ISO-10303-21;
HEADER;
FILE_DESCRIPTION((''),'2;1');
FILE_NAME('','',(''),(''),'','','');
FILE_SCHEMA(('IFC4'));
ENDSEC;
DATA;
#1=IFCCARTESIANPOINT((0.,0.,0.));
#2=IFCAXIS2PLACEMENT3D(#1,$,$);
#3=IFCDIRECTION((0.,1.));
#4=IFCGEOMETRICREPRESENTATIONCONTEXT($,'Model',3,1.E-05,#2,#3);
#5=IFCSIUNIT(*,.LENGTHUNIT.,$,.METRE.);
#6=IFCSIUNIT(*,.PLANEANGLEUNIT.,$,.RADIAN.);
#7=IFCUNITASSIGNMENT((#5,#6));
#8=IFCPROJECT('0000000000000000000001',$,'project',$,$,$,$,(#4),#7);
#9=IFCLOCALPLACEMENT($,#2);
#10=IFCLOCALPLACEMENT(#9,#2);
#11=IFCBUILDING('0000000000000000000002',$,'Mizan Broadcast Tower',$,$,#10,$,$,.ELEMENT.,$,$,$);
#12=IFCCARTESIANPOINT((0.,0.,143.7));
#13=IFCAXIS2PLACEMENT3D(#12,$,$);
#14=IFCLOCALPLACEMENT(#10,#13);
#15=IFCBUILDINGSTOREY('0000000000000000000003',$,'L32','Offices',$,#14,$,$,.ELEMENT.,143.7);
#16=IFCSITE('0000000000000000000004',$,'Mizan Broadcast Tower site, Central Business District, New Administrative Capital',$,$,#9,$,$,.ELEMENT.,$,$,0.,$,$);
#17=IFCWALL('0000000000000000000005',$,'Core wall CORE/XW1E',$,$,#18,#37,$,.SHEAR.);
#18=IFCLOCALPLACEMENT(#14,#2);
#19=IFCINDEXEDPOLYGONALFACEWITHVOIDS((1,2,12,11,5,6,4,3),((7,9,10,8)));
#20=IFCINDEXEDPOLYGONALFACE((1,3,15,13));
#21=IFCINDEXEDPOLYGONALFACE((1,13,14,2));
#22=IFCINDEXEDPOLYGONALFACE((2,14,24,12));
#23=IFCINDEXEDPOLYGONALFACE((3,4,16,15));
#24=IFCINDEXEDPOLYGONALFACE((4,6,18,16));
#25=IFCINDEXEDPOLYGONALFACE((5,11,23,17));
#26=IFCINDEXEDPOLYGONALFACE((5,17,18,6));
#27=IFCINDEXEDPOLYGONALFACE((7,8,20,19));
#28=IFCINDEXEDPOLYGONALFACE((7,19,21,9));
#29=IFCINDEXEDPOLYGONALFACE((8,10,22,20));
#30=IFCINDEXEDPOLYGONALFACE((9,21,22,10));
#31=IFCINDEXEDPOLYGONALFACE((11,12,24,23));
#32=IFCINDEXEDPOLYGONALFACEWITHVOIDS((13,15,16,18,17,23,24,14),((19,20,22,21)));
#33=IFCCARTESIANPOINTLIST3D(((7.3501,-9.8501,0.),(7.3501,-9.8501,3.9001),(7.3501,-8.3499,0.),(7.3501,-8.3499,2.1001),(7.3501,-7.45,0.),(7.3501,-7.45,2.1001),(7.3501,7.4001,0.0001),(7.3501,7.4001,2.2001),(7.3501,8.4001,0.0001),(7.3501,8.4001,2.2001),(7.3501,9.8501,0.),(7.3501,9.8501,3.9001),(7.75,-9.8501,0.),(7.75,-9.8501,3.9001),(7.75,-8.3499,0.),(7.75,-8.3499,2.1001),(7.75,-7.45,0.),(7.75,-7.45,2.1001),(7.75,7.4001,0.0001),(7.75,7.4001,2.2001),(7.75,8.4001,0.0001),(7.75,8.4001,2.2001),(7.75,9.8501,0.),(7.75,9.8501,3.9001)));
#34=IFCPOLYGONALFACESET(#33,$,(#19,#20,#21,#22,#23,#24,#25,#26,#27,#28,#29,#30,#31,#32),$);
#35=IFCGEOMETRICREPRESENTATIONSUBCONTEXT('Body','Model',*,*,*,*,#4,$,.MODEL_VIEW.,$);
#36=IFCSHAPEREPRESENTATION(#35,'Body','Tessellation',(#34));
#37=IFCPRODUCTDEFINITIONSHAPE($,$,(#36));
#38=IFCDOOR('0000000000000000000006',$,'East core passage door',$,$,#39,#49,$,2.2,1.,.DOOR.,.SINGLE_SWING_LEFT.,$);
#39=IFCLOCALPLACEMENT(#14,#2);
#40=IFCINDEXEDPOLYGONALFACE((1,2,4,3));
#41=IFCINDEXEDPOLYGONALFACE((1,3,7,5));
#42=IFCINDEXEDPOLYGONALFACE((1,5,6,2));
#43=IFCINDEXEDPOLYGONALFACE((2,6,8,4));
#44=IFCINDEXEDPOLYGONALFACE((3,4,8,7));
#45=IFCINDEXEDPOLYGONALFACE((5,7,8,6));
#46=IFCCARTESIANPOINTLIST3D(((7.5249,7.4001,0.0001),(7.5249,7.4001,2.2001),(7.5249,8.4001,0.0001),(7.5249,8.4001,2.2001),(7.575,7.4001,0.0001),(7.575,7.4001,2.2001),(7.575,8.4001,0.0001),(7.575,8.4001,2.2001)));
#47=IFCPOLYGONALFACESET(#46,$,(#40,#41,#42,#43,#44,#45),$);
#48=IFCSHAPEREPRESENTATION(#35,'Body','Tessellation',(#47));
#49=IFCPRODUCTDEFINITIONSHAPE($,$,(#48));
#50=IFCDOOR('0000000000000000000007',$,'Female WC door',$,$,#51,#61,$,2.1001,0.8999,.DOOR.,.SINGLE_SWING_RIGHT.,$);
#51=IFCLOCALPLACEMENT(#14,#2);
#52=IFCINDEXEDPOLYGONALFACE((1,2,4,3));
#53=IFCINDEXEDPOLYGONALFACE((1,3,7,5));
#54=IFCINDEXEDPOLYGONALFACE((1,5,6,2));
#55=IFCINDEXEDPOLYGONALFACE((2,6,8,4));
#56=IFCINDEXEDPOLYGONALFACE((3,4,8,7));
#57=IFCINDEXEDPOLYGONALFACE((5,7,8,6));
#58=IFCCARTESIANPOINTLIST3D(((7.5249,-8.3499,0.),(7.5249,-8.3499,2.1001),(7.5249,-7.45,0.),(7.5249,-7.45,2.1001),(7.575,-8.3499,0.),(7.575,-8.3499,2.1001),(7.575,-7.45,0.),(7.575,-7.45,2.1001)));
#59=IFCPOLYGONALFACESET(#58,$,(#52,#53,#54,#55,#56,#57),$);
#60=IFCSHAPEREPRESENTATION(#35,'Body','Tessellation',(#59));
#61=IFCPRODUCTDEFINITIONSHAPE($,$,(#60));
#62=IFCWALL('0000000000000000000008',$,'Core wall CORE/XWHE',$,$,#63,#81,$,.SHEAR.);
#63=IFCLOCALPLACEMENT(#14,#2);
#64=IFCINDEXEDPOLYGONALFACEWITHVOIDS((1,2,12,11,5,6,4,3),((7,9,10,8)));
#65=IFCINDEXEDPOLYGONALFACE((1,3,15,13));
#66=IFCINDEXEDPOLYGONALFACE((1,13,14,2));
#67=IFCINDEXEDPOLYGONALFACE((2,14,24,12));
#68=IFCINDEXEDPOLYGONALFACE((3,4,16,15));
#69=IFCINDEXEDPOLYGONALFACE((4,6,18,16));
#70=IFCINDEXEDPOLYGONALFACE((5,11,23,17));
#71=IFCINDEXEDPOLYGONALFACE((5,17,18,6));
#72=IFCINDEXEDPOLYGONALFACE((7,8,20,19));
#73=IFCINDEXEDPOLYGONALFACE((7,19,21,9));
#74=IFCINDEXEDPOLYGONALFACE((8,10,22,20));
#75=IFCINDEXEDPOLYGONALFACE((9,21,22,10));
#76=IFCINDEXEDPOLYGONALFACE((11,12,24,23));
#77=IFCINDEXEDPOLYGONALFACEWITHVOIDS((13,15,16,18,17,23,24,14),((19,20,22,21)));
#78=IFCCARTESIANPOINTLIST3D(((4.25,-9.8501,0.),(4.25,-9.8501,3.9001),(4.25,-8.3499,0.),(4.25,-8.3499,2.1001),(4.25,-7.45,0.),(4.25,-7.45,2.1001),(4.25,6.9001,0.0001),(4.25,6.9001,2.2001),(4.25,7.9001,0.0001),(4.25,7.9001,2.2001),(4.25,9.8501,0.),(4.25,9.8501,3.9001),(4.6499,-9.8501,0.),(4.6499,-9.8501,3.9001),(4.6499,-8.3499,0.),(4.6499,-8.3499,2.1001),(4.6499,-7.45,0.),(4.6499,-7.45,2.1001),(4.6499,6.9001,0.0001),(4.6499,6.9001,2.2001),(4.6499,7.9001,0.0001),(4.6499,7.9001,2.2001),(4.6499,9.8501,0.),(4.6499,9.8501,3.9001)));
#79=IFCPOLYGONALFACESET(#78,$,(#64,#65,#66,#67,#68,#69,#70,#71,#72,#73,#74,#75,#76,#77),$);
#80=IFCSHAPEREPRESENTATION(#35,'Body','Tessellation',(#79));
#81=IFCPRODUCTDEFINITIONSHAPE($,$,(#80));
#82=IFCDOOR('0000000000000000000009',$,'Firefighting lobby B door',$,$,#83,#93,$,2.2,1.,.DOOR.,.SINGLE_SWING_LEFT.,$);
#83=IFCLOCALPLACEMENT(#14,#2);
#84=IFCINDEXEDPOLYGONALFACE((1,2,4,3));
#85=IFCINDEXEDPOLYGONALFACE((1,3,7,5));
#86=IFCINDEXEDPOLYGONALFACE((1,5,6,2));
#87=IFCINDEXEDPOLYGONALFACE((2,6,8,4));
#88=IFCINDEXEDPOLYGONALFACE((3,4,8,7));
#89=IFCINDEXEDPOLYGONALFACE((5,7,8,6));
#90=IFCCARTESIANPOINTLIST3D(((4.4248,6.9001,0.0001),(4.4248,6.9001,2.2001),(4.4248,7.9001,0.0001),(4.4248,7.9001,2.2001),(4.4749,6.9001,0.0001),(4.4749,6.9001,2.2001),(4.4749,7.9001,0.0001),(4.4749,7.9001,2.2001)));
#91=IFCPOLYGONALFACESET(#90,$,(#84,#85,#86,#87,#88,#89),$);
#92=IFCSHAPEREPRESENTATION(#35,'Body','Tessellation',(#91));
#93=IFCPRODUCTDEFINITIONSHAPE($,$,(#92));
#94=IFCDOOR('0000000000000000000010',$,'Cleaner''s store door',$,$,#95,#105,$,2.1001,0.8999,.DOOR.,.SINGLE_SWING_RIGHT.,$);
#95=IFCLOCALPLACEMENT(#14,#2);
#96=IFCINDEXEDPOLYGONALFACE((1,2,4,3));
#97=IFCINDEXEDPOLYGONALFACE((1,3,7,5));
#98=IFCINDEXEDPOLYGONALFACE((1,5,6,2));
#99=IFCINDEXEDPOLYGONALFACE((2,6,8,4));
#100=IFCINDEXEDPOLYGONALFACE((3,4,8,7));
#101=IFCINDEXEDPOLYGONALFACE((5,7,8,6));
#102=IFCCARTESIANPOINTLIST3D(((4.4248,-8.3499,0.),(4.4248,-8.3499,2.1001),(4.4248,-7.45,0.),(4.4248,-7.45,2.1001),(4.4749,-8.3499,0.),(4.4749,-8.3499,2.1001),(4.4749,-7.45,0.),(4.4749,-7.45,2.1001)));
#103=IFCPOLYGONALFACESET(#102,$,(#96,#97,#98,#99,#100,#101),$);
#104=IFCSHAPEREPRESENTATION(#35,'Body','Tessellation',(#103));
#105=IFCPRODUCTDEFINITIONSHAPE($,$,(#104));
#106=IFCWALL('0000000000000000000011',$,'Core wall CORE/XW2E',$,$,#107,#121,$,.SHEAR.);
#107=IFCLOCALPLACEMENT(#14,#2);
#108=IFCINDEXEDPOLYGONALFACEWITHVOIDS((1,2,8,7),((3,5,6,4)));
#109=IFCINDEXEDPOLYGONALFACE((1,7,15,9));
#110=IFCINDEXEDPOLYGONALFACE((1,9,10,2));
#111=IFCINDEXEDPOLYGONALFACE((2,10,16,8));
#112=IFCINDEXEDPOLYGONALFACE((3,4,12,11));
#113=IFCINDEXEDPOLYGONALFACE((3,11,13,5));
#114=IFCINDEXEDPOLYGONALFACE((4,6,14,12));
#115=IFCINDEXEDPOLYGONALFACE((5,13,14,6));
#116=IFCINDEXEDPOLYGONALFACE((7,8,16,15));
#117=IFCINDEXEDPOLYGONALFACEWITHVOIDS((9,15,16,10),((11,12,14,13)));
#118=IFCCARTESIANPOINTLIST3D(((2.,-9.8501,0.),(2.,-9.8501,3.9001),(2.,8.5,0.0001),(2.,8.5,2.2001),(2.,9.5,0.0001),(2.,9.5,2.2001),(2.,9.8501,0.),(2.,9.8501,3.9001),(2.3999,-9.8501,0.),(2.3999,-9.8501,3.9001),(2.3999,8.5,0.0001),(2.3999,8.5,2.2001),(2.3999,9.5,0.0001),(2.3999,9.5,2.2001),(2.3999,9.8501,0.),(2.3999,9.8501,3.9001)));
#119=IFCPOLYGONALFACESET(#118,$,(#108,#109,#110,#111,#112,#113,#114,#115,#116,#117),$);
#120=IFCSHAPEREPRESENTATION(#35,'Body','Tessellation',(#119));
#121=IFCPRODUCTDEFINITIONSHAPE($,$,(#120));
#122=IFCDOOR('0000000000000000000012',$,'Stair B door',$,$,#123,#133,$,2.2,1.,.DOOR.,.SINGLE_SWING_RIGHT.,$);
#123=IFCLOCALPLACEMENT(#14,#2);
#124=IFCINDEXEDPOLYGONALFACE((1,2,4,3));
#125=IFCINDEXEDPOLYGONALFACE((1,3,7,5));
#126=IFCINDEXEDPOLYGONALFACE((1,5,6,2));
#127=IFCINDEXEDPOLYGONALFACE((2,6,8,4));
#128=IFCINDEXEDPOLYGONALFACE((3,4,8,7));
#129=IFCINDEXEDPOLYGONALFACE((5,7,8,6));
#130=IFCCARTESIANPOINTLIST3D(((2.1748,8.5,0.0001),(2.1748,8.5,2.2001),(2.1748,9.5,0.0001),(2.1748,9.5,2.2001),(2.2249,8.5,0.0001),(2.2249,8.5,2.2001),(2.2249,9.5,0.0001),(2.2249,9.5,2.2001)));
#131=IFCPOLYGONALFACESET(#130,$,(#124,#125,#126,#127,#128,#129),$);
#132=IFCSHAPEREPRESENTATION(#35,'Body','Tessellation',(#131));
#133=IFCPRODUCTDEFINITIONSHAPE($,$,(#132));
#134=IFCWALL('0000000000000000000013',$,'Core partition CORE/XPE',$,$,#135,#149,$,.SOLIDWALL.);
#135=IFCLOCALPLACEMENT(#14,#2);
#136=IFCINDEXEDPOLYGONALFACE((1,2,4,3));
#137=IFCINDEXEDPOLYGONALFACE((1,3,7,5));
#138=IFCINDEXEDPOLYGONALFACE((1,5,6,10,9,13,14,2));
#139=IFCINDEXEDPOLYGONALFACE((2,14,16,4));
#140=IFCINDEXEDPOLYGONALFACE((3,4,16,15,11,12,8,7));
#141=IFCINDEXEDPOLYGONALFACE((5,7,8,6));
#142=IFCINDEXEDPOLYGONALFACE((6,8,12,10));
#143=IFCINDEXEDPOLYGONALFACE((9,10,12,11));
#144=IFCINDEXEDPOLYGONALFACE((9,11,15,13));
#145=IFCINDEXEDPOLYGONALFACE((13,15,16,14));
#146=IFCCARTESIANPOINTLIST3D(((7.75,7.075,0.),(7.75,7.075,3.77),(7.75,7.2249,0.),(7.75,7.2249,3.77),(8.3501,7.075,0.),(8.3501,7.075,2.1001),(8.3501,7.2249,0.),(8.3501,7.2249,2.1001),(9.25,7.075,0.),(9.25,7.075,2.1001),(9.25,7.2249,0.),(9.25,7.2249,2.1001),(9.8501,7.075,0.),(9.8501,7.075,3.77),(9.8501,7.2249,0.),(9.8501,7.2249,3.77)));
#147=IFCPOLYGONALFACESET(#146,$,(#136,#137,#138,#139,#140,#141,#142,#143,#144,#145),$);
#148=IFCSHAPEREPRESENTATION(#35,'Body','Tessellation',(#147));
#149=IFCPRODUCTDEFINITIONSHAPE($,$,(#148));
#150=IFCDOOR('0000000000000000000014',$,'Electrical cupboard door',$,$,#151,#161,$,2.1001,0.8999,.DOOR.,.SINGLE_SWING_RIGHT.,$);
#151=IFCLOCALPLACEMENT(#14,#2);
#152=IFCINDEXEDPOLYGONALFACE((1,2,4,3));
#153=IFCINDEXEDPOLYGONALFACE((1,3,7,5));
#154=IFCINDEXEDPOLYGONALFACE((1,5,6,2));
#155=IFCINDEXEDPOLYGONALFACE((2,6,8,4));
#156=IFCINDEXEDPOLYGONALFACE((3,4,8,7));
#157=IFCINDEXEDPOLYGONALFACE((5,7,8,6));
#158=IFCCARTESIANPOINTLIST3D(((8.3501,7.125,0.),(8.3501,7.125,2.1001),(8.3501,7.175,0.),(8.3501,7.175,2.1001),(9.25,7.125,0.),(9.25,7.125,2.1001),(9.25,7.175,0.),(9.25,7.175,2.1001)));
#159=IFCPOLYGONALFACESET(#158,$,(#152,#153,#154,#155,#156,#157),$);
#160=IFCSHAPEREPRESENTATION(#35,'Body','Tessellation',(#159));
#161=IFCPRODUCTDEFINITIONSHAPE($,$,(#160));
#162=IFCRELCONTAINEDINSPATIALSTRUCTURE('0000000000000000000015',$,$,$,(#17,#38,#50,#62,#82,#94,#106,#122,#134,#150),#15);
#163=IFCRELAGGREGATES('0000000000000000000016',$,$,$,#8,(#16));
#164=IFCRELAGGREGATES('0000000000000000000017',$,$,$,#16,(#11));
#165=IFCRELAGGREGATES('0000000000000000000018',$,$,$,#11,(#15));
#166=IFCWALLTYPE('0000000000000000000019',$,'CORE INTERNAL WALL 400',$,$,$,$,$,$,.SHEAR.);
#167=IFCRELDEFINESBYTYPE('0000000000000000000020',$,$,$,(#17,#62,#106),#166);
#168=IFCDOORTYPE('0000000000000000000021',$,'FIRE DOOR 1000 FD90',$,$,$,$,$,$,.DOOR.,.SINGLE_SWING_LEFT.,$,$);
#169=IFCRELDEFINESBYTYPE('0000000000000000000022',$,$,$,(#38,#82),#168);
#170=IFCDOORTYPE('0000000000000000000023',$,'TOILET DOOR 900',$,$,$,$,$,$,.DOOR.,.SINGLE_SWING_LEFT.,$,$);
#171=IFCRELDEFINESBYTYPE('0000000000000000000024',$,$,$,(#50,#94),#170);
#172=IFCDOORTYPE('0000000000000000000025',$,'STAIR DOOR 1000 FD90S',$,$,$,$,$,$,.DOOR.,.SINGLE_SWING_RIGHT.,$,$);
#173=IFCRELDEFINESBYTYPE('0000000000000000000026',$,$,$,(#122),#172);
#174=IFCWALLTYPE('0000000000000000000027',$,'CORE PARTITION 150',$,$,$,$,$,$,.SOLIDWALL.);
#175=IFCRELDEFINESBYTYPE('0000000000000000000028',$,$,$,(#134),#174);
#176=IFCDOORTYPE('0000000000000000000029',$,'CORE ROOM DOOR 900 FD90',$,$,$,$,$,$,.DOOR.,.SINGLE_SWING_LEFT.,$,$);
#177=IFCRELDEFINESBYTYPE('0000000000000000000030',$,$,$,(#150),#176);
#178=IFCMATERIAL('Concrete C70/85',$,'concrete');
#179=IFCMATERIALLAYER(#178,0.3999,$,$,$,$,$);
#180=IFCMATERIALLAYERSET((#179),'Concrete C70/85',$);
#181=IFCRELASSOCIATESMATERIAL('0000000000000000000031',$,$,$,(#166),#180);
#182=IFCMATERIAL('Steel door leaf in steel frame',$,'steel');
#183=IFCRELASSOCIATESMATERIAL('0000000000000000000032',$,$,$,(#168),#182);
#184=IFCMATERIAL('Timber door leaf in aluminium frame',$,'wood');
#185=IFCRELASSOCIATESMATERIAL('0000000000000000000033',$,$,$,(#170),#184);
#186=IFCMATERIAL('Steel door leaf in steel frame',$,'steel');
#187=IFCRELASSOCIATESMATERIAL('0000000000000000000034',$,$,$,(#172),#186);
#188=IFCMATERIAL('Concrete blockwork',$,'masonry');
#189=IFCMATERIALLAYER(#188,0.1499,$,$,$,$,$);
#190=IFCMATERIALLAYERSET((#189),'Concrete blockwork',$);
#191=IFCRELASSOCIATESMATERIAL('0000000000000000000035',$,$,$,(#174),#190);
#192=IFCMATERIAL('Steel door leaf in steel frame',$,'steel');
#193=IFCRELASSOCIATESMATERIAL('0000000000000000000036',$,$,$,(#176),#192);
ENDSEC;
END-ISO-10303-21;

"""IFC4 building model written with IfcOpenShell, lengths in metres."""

from ifc_helpers import new_model, si_unit, direction, frame, frame_2d, origin, place, context, subcontext, project, spatial, rectangle, extrude, material, layer, layer_set, type_object, element, fill, save


model = new_model("IFC4")

# Units and contexts
model_context = context("Model", 3, precision=1e-05, world=origin(), true_north=direction((0.0, 1.0)))
body_context = subcontext(model_context, "Body", "Model", "MODEL_VIEW")
ifc_project = project(units=[si_unit("LENGTHUNIT", "METRE"), si_unit("PLANEANGLEUNIT", "RADIAN")], contexts=[model_context])

# Site, building, storey
site_placement = place(None, origin())
site = spatial("IfcSite", under=ifc_project, at=site_placement, Name="Mizan Broadcast Tower site, Central Business District, New Administrative Capital", CompositionType="ELEMENT", RefElevation=0.0)
building_placement = place(site_placement, origin())
building = spatial("IfcBuilding", under=site, at=building_placement, Name="Mizan Broadcast Tower", CompositionType="ELEMENT")
storey_placement = place(building_placement, frame((0.0, 0.0, 143.7)))
storey = spatial("IfcBuildingStorey", under=building, at=storey_placement, Name="L32", Description="Offices", CompositionType="ELEMENT", Elevation=143.7)

# Walls, openings, doors
ifc_material_1 = material(Name="Concrete C70/85", Category="concrete")
ifc_layer_1 = layer(ifc_material_1, 0.3999)
ifc_layer_set_1 = layer_set([ifc_layer_1], Name="Concrete C70/85")
wall_type_1 = type_object("IfcWallType", Name="CORE INTERNAL WALL 400", PredefinedType="SHEAR", material=ifc_layer_set_1)
wall_1_placement = place(storey_placement, frame((7.55, 9.8501, 0.0), z_axis=(0.0, 0.0, 1.0), x_axis=(0.0, -1.0, 0.0)))
wall_1 = element("IfcWall", 1, at=wall_1_placement, inside=storey, type_object=wall_type_1, Name="Core wall CORE/XW1E", PredefinedType="SHEAR", context=body_context, shape_type="SweptSolid", body=[
    extrude(rectangle(XDim=19.7002, YDim=0.3999, at=frame_2d((9.8501, 0.0))), origin(), (0.0, 0.0, 1.0), 3.9001),
])
opening_1_placement = place(wall_1_placement, frame((1.45, 0.0, 0.0)))
opening_1 = element("IfcOpeningElement", 2, at=opening_1_placement, cuts=wall_1, PredefinedType="OPENING", context=body_context, shape_type="SweptSolid", body=[
    extrude(rectangle(XDim=1.0, YDim=2.2, at=frame_2d((0.5, 1.1001))), frame((0.0, 0.21, 0.0), z_axis=(0.0, -1.0, 0.0), x_axis=(1.0, 0.0, 0.0)), (0.0, 0.0, 1.0), 0.4199),
])
opening_2_placement = place(wall_1_placement, frame((17.3, 0.0, 0.0)))
opening_2 = element("IfcOpeningElement", 3, at=opening_2_placement, cuts=wall_1, PredefinedType="OPENING", context=body_context, shape_type="SweptSolid", body=[
    extrude(rectangle(XDim=0.8999, YDim=2.1001, at=frame_2d((0.45, 1.05))), frame((0.0, 0.21, 0.0), z_axis=(0.0, -1.0, 0.0), x_axis=(1.0, 0.0, 0.0)), (0.0, 0.0, 1.0), 0.4199),
])
ifc_material_2 = material(Name="Steel door leaf in steel frame", Category="steel")
door_type_1 = type_object("IfcDoorType", Name="FIRE DOOR 1000 FD90", OperationType="SINGLE_SWING_LEFT", PredefinedType="DOOR", material=ifc_material_2)
door_1_placement = place(opening_1_placement, origin())
door_1 = element("IfcDoor", 4, at=door_1_placement, inside=storey, type_object=door_type_1, Name="East core passage door", OperationType="SINGLE_SWING_LEFT", OverallHeight=2.2, OverallWidth=1.0, PredefinedType="DOOR", context=body_context, shape_type="SweptSolid", body=[
    extrude(rectangle(XDim=1.0, YDim=2.2, at=frame_2d((0.5, 1.1001))), frame((0.0, 0.0249, 0.0), z_axis=(0.0, -1.0, 0.0), x_axis=(1.0, 0.0, 0.0)), (0.0, 0.0, 1.0), 0.05),
])
fill(opening_1, door_1)
ifc_material_3 = material(Name="Timber door leaf in aluminium frame", Category="wood")
door_type_2 = type_object("IfcDoorType", Name="TOILET DOOR 900", OperationType="SINGLE_SWING_LEFT", PredefinedType="DOOR", material=ifc_material_3)
door_2_placement = place(opening_2_placement, origin())
door_2 = element("IfcDoor", 5, at=door_2_placement, inside=storey, type_object=door_type_2, Name="Female WC door", OperationType="SINGLE_SWING_RIGHT", OverallHeight=2.1001, OverallWidth=0.8999, PredefinedType="DOOR", context=body_context, shape_type="SweptSolid", body=[
    extrude(rectangle(XDim=0.8999, YDim=2.1001, at=frame_2d((0.45, 1.05))), frame((0.0, 0.0249, 0.0), z_axis=(0.0, -1.0, 0.0), x_axis=(1.0, 0.0, 0.0)), (0.0, 0.0, 1.0), 0.05),
])
fill(opening_2, door_2)
wall_2_placement = place(storey_placement, frame((4.45, 9.8501, 0.0), z_axis=(0.0, 0.0, 1.0), x_axis=(0.0, -1.0, 0.0)))
wall_2 = element("IfcWall", 6, at=wall_2_placement, inside=storey, type_object=wall_type_1, Name="Core wall CORE/XWHE", PredefinedType="SHEAR", context=body_context, shape_type="SweptSolid", body=[
    extrude(rectangle(XDim=19.7002, YDim=0.3999, at=frame_2d((9.8501, 0.0))), origin(), (0.0, 0.0, 1.0), 3.9001),
])
opening_3_placement = place(wall_2_placement, frame((1.95, 0.0, 0.0)))
opening_3 = element("IfcOpeningElement", 7, at=opening_3_placement, cuts=wall_2, PredefinedType="OPENING", context=body_context, shape_type="SweptSolid", body=[
    extrude(rectangle(XDim=1.0, YDim=2.2, at=frame_2d((0.5, 1.1001))), frame((0.0, 0.21, 0.0), z_axis=(0.0, -1.0, 0.0), x_axis=(1.0, 0.0, 0.0)), (0.0, 0.0, 1.0), 0.4199),
])
opening_4_placement = place(wall_2_placement, frame((17.3, 0.0, 0.0)))
opening_4 = element("IfcOpeningElement", 8, at=opening_4_placement, cuts=wall_2, PredefinedType="OPENING", context=body_context, shape_type="SweptSolid", body=[
    extrude(rectangle(XDim=0.8999, YDim=2.1001, at=frame_2d((0.45, 1.05))), frame((0.0, 0.21, 0.0), z_axis=(0.0, -1.0, 0.0), x_axis=(1.0, 0.0, 0.0)), (0.0, 0.0, 1.0), 0.4199),
])
door_3_placement = place(opening_3_placement, origin())
door_3 = element("IfcDoor", 9, at=door_3_placement, inside=storey, type_object=door_type_1, Name="Firefighting lobby B door", OperationType="SINGLE_SWING_LEFT", OverallHeight=2.2, OverallWidth=1.0, PredefinedType="DOOR", context=body_context, shape_type="SweptSolid", body=[
    extrude(rectangle(XDim=1.0, YDim=2.2, at=frame_2d((0.5, 1.1001))), frame((0.0, 0.0249, 0.0), z_axis=(0.0, -1.0, 0.0), x_axis=(1.0, 0.0, 0.0)), (0.0, 0.0, 1.0), 0.05),
])
fill(opening_3, door_3)
door_4_placement = place(opening_4_placement, origin())
door_4 = element("IfcDoor", 10, at=door_4_placement, inside=storey, type_object=door_type_2, Name="Cleaner's store door", OperationType="SINGLE_SWING_RIGHT", OverallHeight=2.1001, OverallWidth=0.8999, PredefinedType="DOOR", context=body_context, shape_type="SweptSolid", body=[
    extrude(rectangle(XDim=0.8999, YDim=2.1001, at=frame_2d((0.45, 1.05))), frame((0.0, 0.0249, 0.0), z_axis=(0.0, -1.0, 0.0), x_axis=(1.0, 0.0, 0.0)), (0.0, 0.0, 1.0), 0.05),
])
fill(opening_4, door_4)

# Walls, openings, doors
wall_3_placement = place(storey_placement, frame((2.2, 9.8501, 0.0), z_axis=(0.0, 0.0, 1.0), x_axis=(0.0, -1.0, 0.0)))
wall_3 = element("IfcWall", 11, at=wall_3_placement, inside=storey, type_object=wall_type_1, Name="Core wall CORE/XW2E", PredefinedType="SHEAR", context=body_context, shape_type="SweptSolid", body=[
    extrude(rectangle(XDim=19.7002, YDim=0.3999, at=frame_2d((9.8501, 0.0))), origin(), (0.0, 0.0, 1.0), 3.9001),
])
opening_5_placement = place(wall_3_placement, frame((0.3501, 0.0, 0.0)))
opening_5 = element("IfcOpeningElement", 12, at=opening_5_placement, cuts=wall_3, PredefinedType="OPENING", context=body_context, shape_type="SweptSolid", body=[
    extrude(rectangle(XDim=1.0, YDim=2.2, at=frame_2d((0.5, 1.1001))), frame((0.0, 0.21, 0.0), z_axis=(0.0, -1.0, 0.0), x_axis=(1.0, 0.0, 0.0)), (0.0, 0.0, 1.0), 0.4199),
])
ifc_material_4 = material(Name="Steel door leaf in steel frame", Category="steel")
door_type_3 = type_object("IfcDoorType", Name="STAIR DOOR 1000 FD90S", OperationType="SINGLE_SWING_RIGHT", PredefinedType="DOOR", material=ifc_material_4)
door_5_placement = place(opening_5_placement, origin())
door_5 = element("IfcDoor", 13, at=door_5_placement, inside=storey, type_object=door_type_3, Name="Stair B door", OperationType="SINGLE_SWING_RIGHT", OverallHeight=2.2, OverallWidth=1.0, PredefinedType="DOOR", context=body_context, shape_type="SweptSolid", body=[
    extrude(rectangle(XDim=1.0, YDim=2.2, at=frame_2d((0.5, 1.1001))), frame((0.0, 0.0249, 0.0), z_axis=(0.0, -1.0, 0.0), x_axis=(1.0, 0.0, 0.0)), (0.0, 0.0, 1.0), 0.05),
])
fill(opening_5, door_5)
ifc_material_5 = material(Name="Concrete blockwork", Category="masonry")
ifc_layer_2 = layer(ifc_material_5, 0.1499)
ifc_layer_set_2 = layer_set([ifc_layer_2], Name="Concrete blockwork")
wall_type_2 = type_object("IfcWallType", Name="CORE PARTITION 150", PredefinedType="SOLIDWALL", material=ifc_layer_set_2)
wall_4_placement = place(storey_placement, frame((9.8501, 7.1499, 0.0), z_axis=(0.0, 0.0, 1.0), x_axis=(-1.0, 0.0, 0.0)))
wall_4 = element("IfcWall", 14, at=wall_4_placement, inside=storey, type_object=wall_type_2, Name="Core partition CORE/XPE", PredefinedType="SOLIDWALL", context=body_context, shape_type="SweptSolid", body=[
    extrude(rectangle(XDim=2.1001, YDim=0.1499, at=frame_2d((1.05, 0.0))), origin(), (0.0, 0.0, 1.0), 3.77),
])
opening_6_placement = place(wall_4_placement, frame((0.6001, 0.0, 0.0)))
opening_6 = element("IfcOpeningElement", 15, at=opening_6_placement, cuts=wall_4, PredefinedType="OPENING", context=body_context, shape_type="SweptSolid", body=[
    extrude(rectangle(XDim=0.8999, YDim=2.1001, at=frame_2d((0.45, 1.05))), frame((0.0, 0.085, 0.0), z_axis=(0.0, -1.0, 0.0), x_axis=(1.0, 0.0, 0.0)), (0.0, 0.0, 1.0), 0.1699),
])
ifc_material_6 = material(Name="Steel door leaf in steel frame", Category="steel")
door_type_4 = type_object("IfcDoorType", Name="CORE ROOM DOOR 900 FD90", OperationType="SINGLE_SWING_LEFT", PredefinedType="DOOR", material=ifc_material_6)
door_6_placement = place(opening_6_placement, origin())
door_6 = element("IfcDoor", 16, at=door_6_placement, inside=storey, type_object=door_type_4, Name="Electrical cupboard door", OperationType="SINGLE_SWING_RIGHT", OverallHeight=2.1001, OverallWidth=0.8999, PredefinedType="DOOR", context=body_context, shape_type="SweptSolid", body=[
    extrude(rectangle(XDim=0.8999, YDim=2.1001, at=frame_2d((0.45, 1.05))), frame((0.0, 0.0249, 0.0), z_axis=(0.0, -1.0, 0.0), x_axis=(1.0, 0.0, 0.0)), (0.0, 0.0, 1.0), 0.05),
])
fill(opening_6, door_6)

save(model, "model.ifc")
